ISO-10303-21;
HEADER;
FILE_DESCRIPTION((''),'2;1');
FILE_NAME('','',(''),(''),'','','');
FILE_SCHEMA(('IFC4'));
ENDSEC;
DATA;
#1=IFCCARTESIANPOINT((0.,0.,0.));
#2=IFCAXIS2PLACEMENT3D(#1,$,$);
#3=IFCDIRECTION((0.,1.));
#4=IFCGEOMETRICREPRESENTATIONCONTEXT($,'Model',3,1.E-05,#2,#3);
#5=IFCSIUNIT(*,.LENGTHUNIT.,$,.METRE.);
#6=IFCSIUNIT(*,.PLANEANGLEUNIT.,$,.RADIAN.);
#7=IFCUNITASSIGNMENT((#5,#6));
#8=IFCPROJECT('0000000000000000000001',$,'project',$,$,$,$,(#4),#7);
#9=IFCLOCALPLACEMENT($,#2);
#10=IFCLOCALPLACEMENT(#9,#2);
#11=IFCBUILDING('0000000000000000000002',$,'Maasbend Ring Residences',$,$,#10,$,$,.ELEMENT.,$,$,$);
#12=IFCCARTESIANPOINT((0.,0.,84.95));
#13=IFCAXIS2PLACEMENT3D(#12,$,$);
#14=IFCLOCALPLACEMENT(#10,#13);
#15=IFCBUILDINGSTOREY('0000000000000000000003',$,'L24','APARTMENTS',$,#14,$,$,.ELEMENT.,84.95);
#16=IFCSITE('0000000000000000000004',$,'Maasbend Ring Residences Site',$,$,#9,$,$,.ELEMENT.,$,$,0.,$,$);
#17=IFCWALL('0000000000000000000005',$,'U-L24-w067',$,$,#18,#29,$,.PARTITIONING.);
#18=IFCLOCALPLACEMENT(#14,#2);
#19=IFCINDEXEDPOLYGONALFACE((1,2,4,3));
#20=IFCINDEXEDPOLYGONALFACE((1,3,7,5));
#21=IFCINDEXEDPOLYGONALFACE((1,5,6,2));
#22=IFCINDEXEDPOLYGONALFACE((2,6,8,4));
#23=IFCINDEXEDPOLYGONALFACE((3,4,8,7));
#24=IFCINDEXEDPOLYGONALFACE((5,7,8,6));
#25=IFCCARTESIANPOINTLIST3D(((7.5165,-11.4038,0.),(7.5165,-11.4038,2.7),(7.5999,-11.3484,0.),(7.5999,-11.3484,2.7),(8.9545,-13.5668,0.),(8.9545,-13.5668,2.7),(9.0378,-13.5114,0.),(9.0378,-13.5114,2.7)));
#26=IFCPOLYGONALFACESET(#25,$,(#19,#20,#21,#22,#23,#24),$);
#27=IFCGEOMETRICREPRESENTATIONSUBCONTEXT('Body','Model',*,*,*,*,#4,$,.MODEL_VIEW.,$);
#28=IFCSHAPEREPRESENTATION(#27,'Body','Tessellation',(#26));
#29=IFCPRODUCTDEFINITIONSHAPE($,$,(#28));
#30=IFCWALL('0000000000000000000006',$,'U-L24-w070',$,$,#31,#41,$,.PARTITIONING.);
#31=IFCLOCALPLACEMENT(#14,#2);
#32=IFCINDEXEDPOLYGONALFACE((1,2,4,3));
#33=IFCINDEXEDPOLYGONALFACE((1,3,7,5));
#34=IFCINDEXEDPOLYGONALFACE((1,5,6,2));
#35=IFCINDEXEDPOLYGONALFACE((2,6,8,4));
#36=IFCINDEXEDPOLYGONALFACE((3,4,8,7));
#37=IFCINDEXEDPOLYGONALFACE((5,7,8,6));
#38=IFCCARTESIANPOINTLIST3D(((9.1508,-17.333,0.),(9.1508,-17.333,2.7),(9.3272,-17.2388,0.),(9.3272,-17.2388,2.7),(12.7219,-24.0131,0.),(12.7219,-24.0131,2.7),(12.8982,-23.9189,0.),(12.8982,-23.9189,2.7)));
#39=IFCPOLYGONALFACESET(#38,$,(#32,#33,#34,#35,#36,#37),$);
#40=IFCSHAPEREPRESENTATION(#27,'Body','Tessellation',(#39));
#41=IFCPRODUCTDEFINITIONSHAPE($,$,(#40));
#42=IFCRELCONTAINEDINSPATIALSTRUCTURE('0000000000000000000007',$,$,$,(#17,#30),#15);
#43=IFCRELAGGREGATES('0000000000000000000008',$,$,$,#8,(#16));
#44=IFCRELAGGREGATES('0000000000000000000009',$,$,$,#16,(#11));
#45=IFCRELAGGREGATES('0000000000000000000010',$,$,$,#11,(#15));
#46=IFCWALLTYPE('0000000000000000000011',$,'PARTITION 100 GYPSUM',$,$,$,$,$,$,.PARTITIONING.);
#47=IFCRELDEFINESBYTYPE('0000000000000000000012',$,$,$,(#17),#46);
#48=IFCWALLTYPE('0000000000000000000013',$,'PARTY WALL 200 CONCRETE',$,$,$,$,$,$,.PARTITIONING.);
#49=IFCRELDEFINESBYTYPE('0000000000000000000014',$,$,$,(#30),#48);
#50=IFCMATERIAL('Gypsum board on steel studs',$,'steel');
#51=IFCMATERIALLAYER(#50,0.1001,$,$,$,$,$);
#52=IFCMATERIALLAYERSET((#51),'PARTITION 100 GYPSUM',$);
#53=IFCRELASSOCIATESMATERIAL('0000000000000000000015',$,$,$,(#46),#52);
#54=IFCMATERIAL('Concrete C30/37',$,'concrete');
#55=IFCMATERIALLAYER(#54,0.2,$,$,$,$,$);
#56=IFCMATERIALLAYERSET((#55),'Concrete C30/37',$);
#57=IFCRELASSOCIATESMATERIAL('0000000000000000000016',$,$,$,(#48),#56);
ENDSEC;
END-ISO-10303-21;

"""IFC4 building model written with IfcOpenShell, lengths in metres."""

from ifc_helpers import new_model, si_unit, direction, frame, frame_2d, origin, place, context, subcontext, project, spatial, rectangle, extrude, material, layer, layer_set, type_object, element, save


model = new_model("IFC4")

# Units and contexts
model_context = context("Model", 3, precision=1e-05, world=origin(), true_north=direction((0.0, 1.0)))
body_context = subcontext(model_context, "Body", "Model", "MODEL_VIEW")
ifc_project = project(units=[si_unit("LENGTHUNIT", "METRE"), si_unit("PLANEANGLEUNIT", "RADIAN")], contexts=[model_context])

# Site, building, storey
site_placement = place(None, origin())
site = spatial("IfcSite", under=ifc_project, at=site_placement, Name="Maasbend Ring Residences Site", CompositionType="ELEMENT", RefElevation=0.0)
building_placement = place(site_placement, origin())
building = spatial("IfcBuilding", under=site, at=building_placement, Name="Maasbend Ring Residences", CompositionType="ELEMENT")
storey_placement = place(building_placement, frame((0.0, 0.0, 84.95)))
storey = spatial("IfcBuildingStorey", under=building, at=storey_placement, Name="L24", Description="APARTMENTS", CompositionType="ELEMENT", Elevation=84.95)

# Shared definitions
ifc_material_1 = material(Name="Gypsum board on steel studs", Category="steel")
ifc_layer_1 = layer(ifc_material_1, 0.1001)
ifc_layer_set_1 = layer_set([ifc_layer_1], Name="PARTITION 100 GYPSUM")
wall_type_1 = type_object("IfcWallType", Name="PARTITION 100 GYPSUM", PredefinedType="PARTITIONING", material=ifc_layer_set_1)

# Walls
wall_1_placement = place(storey_placement, frame((7.5581, -11.376, 0.0), z_axis=(0.0, 0.0, 1.0), x_axis=(0.553615, -0.832773, 0.0)))
element("IfcWall", 1, at=wall_1_placement, inside=storey, type_object=wall_type_1, Name="U-L24-w067", PredefinedType="PARTITIONING", context=body_context, shape_type="SweptSolid", body=[
    extrude(rectangle(XDim=2.5974, YDim=0.1001, at=frame_2d((1.2988, 0.0))), origin(), (0.0, 0.0, 1.0), 2.7),
])
ifc_material_2 = material(Name="Concrete C30/37", Category="concrete")
ifc_layer_2 = layer(ifc_material_2, 0.2)
ifc_layer_set_2 = layer_set([ifc_layer_2], Name="Concrete C30/37")
wall_type_2 = type_object("IfcWallType", Name="PARTY WALL 200 CONCRETE", PredefinedType="PARTITIONING", material=ifc_layer_set_2)
wall_2_placement = place(storey_placement, frame((9.239, -17.2859, 0.0), z_axis=(0.0, 0.0, 1.0), x_axis=(0.47144, -0.881898, 0.0)))
element("IfcWall", 2, at=wall_2_placement, inside=storey, type_object=wall_type_2, Name="U-L24-w070", PredefinedType="PARTITIONING", context=body_context, shape_type="SweptSolid", body=[
    extrude(rectangle(XDim=7.5747, YDim=0.2, at=frame_2d((3.7874, 0.0))), origin(), (0.0, 0.0, 1.0), 2.7),
])

save(model, "model.ifc")
